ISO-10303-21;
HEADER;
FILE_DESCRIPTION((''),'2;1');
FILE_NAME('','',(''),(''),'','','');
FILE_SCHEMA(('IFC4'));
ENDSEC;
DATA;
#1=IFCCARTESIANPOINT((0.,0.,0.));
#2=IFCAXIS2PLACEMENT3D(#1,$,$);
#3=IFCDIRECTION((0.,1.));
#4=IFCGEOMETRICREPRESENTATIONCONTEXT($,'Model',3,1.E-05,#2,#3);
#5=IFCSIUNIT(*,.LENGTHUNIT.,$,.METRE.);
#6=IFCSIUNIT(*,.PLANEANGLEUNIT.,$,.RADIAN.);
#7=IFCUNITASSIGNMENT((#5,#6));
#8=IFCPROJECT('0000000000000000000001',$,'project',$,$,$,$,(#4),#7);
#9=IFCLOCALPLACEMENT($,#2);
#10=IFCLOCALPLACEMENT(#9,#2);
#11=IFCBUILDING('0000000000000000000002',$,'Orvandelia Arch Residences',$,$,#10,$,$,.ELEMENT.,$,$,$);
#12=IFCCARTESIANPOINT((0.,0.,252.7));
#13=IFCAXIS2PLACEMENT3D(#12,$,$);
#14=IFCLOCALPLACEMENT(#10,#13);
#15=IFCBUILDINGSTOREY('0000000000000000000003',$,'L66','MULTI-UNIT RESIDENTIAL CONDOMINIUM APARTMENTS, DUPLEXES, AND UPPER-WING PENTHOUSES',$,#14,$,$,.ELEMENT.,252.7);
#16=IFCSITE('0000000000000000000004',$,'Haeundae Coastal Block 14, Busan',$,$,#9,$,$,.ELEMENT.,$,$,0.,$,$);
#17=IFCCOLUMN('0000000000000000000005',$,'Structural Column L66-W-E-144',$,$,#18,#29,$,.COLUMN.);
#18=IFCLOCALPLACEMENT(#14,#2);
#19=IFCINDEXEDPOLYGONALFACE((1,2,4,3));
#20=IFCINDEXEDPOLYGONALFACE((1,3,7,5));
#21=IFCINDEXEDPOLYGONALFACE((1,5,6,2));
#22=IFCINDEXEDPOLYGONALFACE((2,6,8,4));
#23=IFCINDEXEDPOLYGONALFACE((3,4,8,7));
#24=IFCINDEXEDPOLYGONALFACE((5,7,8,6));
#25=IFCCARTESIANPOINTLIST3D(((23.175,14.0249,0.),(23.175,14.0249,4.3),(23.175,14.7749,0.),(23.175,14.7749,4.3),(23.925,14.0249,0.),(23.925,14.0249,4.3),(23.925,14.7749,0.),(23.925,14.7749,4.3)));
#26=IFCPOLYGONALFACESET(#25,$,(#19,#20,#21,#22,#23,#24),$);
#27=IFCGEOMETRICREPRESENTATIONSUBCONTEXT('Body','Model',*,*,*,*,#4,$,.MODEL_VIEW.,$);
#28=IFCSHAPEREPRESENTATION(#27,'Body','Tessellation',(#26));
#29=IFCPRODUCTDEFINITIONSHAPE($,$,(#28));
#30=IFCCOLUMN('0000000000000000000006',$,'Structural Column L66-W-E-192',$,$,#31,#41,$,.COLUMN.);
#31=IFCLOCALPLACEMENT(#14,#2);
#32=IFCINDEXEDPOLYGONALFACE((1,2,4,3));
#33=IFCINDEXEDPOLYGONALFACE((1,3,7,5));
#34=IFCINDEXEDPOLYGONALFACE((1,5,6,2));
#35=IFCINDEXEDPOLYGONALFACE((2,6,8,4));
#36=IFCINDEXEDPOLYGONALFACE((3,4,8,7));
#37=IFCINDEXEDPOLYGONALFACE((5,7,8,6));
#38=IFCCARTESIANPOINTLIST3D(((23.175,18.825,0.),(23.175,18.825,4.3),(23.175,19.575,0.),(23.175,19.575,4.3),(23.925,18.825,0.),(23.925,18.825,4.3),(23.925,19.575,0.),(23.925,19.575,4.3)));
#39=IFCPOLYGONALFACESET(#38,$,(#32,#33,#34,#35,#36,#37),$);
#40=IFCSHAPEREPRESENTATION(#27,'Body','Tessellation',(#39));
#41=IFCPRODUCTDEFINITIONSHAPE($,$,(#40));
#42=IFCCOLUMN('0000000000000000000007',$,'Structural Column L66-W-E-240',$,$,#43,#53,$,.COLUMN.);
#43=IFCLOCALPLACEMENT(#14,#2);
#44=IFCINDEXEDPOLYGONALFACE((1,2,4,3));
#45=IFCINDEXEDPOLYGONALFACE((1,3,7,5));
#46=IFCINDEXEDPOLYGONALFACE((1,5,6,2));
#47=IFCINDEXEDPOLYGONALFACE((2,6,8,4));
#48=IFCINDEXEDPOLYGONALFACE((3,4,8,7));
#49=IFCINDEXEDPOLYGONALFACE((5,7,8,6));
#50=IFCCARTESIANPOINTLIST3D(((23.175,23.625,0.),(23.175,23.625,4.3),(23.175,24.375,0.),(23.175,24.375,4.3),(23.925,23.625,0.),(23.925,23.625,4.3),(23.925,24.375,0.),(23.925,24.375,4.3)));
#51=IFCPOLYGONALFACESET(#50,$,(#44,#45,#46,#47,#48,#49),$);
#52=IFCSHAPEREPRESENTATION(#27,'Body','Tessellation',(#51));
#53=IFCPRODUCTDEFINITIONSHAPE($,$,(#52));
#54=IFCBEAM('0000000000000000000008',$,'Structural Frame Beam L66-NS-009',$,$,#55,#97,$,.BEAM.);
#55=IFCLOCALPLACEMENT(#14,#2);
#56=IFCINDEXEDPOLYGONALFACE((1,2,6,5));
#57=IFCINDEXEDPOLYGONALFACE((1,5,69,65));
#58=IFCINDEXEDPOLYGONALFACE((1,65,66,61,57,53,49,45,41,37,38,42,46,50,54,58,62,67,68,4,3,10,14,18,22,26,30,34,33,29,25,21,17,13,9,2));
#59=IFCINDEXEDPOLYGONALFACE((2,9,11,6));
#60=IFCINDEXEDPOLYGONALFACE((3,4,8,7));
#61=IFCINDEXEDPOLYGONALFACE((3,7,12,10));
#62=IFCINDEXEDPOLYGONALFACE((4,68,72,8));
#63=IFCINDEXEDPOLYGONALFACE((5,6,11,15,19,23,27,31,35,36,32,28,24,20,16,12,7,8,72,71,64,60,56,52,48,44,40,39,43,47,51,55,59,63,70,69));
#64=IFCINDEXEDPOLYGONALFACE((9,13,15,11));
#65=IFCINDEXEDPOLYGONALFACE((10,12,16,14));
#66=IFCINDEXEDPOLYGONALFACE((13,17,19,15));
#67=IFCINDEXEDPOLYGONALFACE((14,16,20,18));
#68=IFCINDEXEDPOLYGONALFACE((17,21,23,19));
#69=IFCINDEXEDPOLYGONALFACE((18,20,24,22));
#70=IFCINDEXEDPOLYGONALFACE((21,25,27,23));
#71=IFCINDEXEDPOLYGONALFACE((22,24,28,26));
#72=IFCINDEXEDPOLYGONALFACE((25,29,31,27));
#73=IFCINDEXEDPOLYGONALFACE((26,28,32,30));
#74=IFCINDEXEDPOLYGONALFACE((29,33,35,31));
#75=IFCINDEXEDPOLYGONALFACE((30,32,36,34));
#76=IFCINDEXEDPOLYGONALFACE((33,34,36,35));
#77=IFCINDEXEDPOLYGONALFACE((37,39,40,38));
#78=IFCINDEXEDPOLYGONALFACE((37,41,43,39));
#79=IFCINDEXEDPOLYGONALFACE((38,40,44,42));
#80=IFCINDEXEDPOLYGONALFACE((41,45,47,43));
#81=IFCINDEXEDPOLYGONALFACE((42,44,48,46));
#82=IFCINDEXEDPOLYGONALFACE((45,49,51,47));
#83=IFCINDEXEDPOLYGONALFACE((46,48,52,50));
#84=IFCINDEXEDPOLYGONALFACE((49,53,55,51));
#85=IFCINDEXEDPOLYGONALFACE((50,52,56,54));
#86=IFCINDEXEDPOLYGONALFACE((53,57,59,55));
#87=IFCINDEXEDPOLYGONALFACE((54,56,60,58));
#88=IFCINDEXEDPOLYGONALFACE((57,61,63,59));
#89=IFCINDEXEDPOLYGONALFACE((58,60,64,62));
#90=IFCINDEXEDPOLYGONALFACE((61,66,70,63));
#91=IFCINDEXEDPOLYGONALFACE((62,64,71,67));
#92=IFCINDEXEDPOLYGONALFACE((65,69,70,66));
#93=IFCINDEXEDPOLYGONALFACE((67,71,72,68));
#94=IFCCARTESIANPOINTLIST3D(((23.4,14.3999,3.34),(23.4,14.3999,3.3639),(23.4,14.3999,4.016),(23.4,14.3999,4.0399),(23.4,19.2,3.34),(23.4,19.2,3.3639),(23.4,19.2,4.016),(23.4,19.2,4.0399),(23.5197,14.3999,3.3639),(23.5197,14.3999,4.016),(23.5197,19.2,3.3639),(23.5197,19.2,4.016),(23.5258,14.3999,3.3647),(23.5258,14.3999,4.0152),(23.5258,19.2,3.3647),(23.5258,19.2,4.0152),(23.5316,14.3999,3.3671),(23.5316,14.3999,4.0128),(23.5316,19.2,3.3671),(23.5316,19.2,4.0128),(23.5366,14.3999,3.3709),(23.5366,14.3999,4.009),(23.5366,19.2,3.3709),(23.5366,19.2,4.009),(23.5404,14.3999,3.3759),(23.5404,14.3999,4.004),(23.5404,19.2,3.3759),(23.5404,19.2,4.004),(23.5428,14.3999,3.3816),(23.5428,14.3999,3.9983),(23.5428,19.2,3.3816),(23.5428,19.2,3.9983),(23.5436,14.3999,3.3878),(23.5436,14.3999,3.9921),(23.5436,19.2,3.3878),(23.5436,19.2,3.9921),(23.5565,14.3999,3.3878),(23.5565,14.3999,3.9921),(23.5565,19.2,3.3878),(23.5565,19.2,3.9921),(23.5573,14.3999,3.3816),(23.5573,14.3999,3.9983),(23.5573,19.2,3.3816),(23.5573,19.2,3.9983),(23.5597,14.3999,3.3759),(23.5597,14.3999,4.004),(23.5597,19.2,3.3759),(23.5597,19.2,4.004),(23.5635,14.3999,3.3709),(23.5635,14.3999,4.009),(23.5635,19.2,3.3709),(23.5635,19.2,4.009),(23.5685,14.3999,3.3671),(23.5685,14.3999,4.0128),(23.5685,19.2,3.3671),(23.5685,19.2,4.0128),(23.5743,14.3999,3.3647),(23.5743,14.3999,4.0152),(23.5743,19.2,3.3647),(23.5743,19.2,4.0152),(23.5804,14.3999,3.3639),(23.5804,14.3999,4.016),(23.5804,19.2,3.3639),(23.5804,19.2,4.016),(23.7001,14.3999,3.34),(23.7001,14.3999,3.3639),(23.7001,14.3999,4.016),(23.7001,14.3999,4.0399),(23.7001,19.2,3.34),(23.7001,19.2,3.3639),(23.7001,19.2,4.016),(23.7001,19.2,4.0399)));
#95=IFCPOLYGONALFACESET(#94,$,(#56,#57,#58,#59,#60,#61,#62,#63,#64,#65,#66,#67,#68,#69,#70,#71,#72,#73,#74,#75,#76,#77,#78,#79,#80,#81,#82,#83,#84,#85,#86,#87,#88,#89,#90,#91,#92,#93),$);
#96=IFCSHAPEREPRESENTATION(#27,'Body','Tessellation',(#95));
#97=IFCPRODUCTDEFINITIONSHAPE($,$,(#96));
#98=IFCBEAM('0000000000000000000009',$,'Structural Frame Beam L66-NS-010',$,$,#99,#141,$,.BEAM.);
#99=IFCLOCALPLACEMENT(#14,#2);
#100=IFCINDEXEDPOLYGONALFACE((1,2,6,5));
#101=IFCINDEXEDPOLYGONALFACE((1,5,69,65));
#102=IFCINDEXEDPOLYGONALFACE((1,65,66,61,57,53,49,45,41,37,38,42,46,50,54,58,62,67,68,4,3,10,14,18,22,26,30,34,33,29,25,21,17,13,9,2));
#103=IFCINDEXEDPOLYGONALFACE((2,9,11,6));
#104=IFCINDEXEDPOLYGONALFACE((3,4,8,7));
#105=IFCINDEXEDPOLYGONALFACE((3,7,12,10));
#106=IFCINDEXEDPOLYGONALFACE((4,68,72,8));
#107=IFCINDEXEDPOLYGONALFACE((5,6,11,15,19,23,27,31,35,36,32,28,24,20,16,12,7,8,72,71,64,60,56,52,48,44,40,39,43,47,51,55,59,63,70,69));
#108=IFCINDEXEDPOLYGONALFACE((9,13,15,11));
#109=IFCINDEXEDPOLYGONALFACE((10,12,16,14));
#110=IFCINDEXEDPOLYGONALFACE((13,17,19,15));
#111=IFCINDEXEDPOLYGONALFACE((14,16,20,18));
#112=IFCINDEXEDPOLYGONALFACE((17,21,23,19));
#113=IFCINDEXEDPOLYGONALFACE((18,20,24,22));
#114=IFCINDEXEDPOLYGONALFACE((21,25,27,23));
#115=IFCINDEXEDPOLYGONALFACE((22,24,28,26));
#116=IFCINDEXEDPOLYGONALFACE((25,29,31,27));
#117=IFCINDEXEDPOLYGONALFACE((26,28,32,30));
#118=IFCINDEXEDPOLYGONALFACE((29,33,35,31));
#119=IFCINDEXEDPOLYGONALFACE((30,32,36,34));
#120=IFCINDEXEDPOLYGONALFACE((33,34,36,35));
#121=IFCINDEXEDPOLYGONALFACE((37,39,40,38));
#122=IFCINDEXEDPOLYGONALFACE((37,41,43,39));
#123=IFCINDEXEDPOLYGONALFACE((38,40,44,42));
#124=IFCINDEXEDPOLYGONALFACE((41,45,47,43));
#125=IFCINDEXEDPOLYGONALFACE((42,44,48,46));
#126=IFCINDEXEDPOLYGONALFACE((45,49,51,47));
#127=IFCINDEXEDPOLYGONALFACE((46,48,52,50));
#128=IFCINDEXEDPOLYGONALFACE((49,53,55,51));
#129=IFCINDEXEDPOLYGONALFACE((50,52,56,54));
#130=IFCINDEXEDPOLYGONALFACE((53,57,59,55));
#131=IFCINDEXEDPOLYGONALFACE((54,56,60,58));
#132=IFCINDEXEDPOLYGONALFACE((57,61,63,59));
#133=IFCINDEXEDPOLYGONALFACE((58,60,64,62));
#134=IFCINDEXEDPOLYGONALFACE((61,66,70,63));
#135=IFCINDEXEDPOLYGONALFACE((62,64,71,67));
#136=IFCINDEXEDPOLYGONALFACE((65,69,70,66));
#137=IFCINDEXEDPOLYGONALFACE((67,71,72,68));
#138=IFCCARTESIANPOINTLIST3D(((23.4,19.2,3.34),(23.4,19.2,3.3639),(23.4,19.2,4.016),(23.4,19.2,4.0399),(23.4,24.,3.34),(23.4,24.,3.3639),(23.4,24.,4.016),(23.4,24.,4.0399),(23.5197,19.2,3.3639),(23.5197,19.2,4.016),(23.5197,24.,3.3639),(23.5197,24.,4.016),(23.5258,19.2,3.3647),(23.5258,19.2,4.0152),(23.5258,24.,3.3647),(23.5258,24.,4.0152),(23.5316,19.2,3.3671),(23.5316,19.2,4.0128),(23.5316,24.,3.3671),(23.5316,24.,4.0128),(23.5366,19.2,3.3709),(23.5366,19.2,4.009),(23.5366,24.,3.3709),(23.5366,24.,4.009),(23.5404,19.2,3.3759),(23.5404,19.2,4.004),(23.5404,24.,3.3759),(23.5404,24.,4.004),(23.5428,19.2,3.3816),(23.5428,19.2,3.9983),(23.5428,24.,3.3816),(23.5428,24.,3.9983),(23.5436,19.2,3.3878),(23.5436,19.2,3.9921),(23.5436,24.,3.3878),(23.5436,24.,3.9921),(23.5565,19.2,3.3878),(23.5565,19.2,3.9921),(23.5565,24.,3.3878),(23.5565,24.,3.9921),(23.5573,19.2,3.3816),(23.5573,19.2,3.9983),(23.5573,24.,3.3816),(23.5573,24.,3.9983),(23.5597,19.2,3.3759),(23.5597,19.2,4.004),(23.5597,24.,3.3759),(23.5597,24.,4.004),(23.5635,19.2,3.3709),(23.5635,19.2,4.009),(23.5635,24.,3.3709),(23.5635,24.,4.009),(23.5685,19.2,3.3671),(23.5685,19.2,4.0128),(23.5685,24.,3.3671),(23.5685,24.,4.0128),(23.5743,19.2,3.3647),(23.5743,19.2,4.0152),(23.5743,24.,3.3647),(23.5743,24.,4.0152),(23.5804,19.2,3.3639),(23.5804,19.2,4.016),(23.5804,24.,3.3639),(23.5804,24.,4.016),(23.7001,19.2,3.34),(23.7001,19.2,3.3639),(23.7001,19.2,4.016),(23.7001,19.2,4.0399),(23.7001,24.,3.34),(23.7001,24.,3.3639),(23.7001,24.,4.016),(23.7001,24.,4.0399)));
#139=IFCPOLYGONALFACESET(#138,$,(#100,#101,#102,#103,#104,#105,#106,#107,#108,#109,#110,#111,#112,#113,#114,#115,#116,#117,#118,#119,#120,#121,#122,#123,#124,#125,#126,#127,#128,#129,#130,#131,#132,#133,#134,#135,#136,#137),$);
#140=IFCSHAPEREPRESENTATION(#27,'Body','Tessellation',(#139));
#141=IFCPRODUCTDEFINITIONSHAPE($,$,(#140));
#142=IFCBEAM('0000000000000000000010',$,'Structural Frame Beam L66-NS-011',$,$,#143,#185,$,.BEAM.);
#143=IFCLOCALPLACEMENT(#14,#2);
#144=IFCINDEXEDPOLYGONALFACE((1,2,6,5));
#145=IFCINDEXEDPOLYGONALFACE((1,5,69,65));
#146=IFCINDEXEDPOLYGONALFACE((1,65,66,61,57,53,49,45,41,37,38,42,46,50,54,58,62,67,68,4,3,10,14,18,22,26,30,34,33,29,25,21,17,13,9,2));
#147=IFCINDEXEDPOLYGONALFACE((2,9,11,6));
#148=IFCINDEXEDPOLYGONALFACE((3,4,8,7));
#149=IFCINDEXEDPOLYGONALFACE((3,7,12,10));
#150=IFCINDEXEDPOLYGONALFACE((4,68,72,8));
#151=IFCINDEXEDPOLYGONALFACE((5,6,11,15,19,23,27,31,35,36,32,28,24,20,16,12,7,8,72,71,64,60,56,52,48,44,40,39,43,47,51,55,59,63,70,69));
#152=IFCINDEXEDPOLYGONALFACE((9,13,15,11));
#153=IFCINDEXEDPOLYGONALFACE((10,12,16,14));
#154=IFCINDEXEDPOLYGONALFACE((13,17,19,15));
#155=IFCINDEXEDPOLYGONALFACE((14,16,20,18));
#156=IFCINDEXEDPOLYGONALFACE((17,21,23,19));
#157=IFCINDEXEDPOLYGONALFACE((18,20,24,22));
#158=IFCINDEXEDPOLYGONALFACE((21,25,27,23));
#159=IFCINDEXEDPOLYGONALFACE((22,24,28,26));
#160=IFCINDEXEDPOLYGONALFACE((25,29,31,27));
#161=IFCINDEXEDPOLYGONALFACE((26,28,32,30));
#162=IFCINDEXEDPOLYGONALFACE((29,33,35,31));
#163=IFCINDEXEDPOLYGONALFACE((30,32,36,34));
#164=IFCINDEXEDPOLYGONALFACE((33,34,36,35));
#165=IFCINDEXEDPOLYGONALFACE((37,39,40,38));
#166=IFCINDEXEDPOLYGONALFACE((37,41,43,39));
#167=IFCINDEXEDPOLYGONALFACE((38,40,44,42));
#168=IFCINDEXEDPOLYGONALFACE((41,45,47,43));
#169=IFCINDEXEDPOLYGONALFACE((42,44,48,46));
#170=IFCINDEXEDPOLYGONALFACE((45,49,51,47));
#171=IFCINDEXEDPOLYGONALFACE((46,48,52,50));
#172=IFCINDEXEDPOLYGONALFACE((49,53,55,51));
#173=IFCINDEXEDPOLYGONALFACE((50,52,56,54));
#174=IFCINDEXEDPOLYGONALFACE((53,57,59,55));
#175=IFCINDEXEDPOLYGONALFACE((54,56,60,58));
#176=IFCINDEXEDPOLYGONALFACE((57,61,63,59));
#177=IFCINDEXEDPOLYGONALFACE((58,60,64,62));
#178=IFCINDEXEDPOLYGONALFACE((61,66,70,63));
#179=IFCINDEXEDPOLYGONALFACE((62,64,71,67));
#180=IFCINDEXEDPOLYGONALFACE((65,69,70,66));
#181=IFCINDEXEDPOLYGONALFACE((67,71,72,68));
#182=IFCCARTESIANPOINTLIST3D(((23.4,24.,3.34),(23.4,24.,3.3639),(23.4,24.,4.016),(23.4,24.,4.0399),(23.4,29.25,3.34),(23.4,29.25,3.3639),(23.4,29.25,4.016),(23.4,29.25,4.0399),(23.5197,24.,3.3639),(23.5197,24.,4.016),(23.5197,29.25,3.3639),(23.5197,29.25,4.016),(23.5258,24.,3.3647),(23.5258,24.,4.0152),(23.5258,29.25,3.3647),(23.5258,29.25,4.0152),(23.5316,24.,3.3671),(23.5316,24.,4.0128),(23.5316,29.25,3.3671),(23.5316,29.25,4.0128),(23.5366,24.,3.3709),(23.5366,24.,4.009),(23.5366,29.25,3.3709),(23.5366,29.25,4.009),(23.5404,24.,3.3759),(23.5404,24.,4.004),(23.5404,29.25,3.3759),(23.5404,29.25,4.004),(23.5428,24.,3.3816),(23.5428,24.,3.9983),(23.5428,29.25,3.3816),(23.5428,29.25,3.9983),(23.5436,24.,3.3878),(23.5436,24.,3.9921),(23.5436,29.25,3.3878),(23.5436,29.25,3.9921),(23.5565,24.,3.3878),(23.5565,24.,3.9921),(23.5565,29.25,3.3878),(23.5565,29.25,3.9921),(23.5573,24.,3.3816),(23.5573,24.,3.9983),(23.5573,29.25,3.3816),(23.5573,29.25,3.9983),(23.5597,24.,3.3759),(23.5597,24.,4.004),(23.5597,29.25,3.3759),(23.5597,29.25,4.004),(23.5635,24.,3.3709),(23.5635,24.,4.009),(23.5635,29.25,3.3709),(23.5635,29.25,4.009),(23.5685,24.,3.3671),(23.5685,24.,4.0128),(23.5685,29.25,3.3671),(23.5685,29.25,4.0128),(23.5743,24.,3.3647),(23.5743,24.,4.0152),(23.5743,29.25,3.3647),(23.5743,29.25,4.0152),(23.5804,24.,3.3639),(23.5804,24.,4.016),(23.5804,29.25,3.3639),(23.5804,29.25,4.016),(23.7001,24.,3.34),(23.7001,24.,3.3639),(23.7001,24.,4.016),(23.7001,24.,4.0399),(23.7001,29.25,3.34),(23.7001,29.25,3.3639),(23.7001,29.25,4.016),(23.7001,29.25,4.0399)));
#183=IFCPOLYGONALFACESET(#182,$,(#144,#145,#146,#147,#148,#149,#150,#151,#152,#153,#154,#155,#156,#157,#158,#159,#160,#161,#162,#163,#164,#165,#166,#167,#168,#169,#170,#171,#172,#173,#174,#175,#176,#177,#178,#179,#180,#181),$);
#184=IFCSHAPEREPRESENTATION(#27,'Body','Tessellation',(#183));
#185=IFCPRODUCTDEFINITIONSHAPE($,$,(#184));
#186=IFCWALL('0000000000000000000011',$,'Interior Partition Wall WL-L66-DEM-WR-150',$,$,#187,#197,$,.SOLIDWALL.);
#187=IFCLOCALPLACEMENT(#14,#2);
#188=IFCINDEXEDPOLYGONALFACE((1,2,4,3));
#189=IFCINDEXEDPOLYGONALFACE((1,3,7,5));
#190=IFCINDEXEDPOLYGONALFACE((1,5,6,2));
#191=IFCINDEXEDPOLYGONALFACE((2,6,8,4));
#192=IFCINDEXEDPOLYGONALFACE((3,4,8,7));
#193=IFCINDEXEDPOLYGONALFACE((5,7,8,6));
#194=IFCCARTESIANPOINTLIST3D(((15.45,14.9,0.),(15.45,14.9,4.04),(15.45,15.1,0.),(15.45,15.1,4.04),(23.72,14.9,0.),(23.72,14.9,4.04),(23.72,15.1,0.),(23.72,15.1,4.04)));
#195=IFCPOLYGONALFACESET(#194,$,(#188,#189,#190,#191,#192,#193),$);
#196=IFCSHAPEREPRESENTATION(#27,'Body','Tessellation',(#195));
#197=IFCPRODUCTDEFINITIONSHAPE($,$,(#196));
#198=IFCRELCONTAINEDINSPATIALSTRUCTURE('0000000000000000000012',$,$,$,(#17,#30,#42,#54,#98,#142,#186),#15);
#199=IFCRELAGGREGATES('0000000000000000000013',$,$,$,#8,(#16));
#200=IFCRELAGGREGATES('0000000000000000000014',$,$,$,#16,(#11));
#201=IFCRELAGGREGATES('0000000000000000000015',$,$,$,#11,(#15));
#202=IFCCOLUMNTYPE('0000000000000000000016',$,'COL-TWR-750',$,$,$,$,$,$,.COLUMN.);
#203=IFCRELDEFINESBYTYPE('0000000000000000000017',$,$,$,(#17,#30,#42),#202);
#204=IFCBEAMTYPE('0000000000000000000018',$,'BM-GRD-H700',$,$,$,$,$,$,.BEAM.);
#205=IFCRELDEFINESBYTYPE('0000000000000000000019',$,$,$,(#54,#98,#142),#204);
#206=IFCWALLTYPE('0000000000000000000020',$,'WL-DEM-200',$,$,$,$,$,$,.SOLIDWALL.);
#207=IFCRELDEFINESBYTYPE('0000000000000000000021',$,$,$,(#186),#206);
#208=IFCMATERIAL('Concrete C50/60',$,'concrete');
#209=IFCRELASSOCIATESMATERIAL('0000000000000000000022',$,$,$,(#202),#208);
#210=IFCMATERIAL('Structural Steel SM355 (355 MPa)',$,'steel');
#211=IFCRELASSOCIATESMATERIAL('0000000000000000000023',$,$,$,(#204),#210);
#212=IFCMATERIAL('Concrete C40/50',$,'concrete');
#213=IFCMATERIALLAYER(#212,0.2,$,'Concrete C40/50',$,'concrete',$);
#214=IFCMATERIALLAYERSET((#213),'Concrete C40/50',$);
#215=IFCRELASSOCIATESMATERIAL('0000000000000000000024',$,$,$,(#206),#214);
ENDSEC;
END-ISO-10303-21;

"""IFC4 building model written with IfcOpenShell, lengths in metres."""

from ifc_helpers import new_model, si_unit, direction, frame, frame_2d, origin, origin_2d, place, context, subcontext, project, spatial, rectangle, i_section, extrude, material, layer, layer_set, material_profile, profile_set, type_object, element, save


model = new_model("IFC4")

# Units and contexts
model_context = context("Model", 3, precision=1e-05, world=origin(), true_north=direction((0.0, 1.0)))
body_context = subcontext(model_context, "Body", "Model", "MODEL_VIEW")
ifc_project = project(units=[si_unit("LENGTHUNIT", "METRE"), si_unit("PLANEANGLEUNIT", "RADIAN")], contexts=[model_context])

# Site, building, storey
site_placement = place(None, origin())
site = spatial("IfcSite", under=ifc_project, at=site_placement, Name="Haeundae Coastal Block 14, Busan", CompositionType="ELEMENT", RefElevation=0.0)
building_placement = place(site_placement, origin())
building = spatial("IfcBuilding", under=site, at=building_placement, Name="Orvandelia Arch Residences", CompositionType="ELEMENT")
storey_placement = place(building_placement, frame((0.0, 0.0, 252.7)))
storey = spatial("IfcBuildingStorey", under=building, at=storey_placement, Name="L66", Description="MULTI-UNIT RESIDENTIAL CONDOMINIUM APARTMENTS, DUPLEXES, AND UPPER-WING PENTHOUSES", CompositionType="ELEMENT", Elevation=252.7)

# Columns
ifc_material_1 = material(Name="Concrete C50/60", Category="concrete")
ifc_material_profile_1 = material_profile(ifc_material_1, rectangle(XDim=0.75, YDim=0.75, at=origin_2d()), Name="Concrete C50/60", Category="concrete")
ifc_profile_set_1 = profile_set([ifc_material_profile_1], Name="Concrete C50/60")
column_type = type_object("IfcColumnType", Name="COL-TWR-750", PredefinedType="COLUMN", material=ifc_profile_set_1)
for number, where, z_axis, x_axis, name in (
    (1, (23.55, 14.3999, 0.0), (0.0, 0.0, 1.0), (1.0, 0.0, 0.0), "Structural Column L66-W-E-144"),
    (2, (23.55, 19.2, 0.0), (0.0, 0.0, 1.0), (1.0, 0.0, 0.0), "Structural Column L66-W-E-192"),
    (3, (23.55, 24.0, 0.0), (0.0, 0.0, 1.0), (1.0, 0.0, 0.0), "Structural Column L66-W-E-240"),
):
    element("IfcColumn", number, at=place(storey_placement, frame(where, z_axis=z_axis, x_axis=x_axis)), inside=storey, type_object=column_type, Name=name, PredefinedType="COLUMN", context=body_context, shape_type="SweptSolid", body=[
        extrude(rectangle(XDim=0.75, YDim=0.75, at=origin_2d()), origin(), (0.0, 0.0, 1.0), 4.3),
    ])

# Beams
ifc_material_2 = material(Name="Structural Steel SM355 (355 MPa)", Category="steel")
ifc_material_profile_2 = material_profile(ifc_material_2, i_section(OverallWidth=0.3, OverallDepth=0.7, WebThickness=0.0129, FlangeThickness=0.0239, FilletRadius=0.0239, at=origin_2d()), Name="Structural Steel SM355 (355 MPa)", Category="steel")
ifc_profile_set_2 = profile_set([ifc_material_profile_2], Name="Structural Steel SM355 (355 MPa)")
beam_type = type_object("IfcBeamType", Name="BM-GRD-H700", PredefinedType="BEAM", material=ifc_profile_set_2)
for number, where, z_axis, x_axis, name in (
    (4, (23.55, 14.3999, 3.6899), (0.0, 1.0, 0.0), (-1.0, 0.0, 0.0), "Structural Frame Beam L66-NS-009"),
    (5, (23.55, 19.2, 3.6899), (0.0, 1.0, 0.0), (-1.0, 0.0, 0.0), "Structural Frame Beam L66-NS-010"),
):
    element("IfcBeam", number, at=place(storey_placement, frame(where, z_axis=z_axis, x_axis=x_axis)), inside=storey, type_object=beam_type, Name=name, PredefinedType="BEAM", context=body_context, shape_type="SweptSolid", body=[
        extrude(i_section(OverallWidth=0.3, OverallDepth=0.7, WebThickness=0.0129, FlangeThickness=0.0239, FilletRadius=0.0239, at=origin_2d()), origin(), (0.0, 0.0, 1.0), 4.8),
    ])
beam_placement = place(storey_placement, frame((23.55, 24.0, 3.6899), z_axis=(0.0, 1.0, 0.0), x_axis=(-1.0, 0.0, 0.0)))
element("IfcBeam", 6, at=beam_placement, inside=storey, type_object=beam_type, Name="Structural Frame Beam L66-NS-011", PredefinedType="BEAM", context=body_context, shape_type="SweptSolid", body=[
    extrude(i_section(OverallWidth=0.3, OverallDepth=0.7, WebThickness=0.0129, FlangeThickness=0.0239, FilletRadius=0.0239, at=origin_2d()), origin(), (0.0, 0.0, 1.0), 5.25),
])

# Wall
ifc_material_3 = material(Name="Concrete C40/50", Category="concrete")
ifc_layer_1 = layer(ifc_material_3, 0.2, Name="Concrete C40/50", Category="concrete")
ifc_layer_set_1 = layer_set([ifc_layer_1], Name="Concrete C40/50")
wall_type_1 = type_object("IfcWallType", Name="WL-DEM-200", PredefinedType="SOLIDWALL", material=ifc_layer_set_1)
for number, where, z_axis, x_axis, name in (
    (7, (15.45, 15.0, 0.0), (0.0, 0.0, 1.0), (1.0, 0.0, 0.0), "Interior Partition Wall WL-L66-DEM-WR-150"),
):
    element("IfcWall", number, at=place(storey_placement, frame(where, z_axis=z_axis, x_axis=x_axis)), inside=storey, type_object=wall_type_1, Name=name, PredefinedType="SOLIDWALL", context=body_context, shape_type="SweptSolid", body=[
        extrude(rectangle(XDim=8.27, YDim=0.2, at=frame_2d((4.135, 0.0))), origin(), (0.0, 0.0, 1.0), 4.04),
    ])

save(model, "model.ifc")
